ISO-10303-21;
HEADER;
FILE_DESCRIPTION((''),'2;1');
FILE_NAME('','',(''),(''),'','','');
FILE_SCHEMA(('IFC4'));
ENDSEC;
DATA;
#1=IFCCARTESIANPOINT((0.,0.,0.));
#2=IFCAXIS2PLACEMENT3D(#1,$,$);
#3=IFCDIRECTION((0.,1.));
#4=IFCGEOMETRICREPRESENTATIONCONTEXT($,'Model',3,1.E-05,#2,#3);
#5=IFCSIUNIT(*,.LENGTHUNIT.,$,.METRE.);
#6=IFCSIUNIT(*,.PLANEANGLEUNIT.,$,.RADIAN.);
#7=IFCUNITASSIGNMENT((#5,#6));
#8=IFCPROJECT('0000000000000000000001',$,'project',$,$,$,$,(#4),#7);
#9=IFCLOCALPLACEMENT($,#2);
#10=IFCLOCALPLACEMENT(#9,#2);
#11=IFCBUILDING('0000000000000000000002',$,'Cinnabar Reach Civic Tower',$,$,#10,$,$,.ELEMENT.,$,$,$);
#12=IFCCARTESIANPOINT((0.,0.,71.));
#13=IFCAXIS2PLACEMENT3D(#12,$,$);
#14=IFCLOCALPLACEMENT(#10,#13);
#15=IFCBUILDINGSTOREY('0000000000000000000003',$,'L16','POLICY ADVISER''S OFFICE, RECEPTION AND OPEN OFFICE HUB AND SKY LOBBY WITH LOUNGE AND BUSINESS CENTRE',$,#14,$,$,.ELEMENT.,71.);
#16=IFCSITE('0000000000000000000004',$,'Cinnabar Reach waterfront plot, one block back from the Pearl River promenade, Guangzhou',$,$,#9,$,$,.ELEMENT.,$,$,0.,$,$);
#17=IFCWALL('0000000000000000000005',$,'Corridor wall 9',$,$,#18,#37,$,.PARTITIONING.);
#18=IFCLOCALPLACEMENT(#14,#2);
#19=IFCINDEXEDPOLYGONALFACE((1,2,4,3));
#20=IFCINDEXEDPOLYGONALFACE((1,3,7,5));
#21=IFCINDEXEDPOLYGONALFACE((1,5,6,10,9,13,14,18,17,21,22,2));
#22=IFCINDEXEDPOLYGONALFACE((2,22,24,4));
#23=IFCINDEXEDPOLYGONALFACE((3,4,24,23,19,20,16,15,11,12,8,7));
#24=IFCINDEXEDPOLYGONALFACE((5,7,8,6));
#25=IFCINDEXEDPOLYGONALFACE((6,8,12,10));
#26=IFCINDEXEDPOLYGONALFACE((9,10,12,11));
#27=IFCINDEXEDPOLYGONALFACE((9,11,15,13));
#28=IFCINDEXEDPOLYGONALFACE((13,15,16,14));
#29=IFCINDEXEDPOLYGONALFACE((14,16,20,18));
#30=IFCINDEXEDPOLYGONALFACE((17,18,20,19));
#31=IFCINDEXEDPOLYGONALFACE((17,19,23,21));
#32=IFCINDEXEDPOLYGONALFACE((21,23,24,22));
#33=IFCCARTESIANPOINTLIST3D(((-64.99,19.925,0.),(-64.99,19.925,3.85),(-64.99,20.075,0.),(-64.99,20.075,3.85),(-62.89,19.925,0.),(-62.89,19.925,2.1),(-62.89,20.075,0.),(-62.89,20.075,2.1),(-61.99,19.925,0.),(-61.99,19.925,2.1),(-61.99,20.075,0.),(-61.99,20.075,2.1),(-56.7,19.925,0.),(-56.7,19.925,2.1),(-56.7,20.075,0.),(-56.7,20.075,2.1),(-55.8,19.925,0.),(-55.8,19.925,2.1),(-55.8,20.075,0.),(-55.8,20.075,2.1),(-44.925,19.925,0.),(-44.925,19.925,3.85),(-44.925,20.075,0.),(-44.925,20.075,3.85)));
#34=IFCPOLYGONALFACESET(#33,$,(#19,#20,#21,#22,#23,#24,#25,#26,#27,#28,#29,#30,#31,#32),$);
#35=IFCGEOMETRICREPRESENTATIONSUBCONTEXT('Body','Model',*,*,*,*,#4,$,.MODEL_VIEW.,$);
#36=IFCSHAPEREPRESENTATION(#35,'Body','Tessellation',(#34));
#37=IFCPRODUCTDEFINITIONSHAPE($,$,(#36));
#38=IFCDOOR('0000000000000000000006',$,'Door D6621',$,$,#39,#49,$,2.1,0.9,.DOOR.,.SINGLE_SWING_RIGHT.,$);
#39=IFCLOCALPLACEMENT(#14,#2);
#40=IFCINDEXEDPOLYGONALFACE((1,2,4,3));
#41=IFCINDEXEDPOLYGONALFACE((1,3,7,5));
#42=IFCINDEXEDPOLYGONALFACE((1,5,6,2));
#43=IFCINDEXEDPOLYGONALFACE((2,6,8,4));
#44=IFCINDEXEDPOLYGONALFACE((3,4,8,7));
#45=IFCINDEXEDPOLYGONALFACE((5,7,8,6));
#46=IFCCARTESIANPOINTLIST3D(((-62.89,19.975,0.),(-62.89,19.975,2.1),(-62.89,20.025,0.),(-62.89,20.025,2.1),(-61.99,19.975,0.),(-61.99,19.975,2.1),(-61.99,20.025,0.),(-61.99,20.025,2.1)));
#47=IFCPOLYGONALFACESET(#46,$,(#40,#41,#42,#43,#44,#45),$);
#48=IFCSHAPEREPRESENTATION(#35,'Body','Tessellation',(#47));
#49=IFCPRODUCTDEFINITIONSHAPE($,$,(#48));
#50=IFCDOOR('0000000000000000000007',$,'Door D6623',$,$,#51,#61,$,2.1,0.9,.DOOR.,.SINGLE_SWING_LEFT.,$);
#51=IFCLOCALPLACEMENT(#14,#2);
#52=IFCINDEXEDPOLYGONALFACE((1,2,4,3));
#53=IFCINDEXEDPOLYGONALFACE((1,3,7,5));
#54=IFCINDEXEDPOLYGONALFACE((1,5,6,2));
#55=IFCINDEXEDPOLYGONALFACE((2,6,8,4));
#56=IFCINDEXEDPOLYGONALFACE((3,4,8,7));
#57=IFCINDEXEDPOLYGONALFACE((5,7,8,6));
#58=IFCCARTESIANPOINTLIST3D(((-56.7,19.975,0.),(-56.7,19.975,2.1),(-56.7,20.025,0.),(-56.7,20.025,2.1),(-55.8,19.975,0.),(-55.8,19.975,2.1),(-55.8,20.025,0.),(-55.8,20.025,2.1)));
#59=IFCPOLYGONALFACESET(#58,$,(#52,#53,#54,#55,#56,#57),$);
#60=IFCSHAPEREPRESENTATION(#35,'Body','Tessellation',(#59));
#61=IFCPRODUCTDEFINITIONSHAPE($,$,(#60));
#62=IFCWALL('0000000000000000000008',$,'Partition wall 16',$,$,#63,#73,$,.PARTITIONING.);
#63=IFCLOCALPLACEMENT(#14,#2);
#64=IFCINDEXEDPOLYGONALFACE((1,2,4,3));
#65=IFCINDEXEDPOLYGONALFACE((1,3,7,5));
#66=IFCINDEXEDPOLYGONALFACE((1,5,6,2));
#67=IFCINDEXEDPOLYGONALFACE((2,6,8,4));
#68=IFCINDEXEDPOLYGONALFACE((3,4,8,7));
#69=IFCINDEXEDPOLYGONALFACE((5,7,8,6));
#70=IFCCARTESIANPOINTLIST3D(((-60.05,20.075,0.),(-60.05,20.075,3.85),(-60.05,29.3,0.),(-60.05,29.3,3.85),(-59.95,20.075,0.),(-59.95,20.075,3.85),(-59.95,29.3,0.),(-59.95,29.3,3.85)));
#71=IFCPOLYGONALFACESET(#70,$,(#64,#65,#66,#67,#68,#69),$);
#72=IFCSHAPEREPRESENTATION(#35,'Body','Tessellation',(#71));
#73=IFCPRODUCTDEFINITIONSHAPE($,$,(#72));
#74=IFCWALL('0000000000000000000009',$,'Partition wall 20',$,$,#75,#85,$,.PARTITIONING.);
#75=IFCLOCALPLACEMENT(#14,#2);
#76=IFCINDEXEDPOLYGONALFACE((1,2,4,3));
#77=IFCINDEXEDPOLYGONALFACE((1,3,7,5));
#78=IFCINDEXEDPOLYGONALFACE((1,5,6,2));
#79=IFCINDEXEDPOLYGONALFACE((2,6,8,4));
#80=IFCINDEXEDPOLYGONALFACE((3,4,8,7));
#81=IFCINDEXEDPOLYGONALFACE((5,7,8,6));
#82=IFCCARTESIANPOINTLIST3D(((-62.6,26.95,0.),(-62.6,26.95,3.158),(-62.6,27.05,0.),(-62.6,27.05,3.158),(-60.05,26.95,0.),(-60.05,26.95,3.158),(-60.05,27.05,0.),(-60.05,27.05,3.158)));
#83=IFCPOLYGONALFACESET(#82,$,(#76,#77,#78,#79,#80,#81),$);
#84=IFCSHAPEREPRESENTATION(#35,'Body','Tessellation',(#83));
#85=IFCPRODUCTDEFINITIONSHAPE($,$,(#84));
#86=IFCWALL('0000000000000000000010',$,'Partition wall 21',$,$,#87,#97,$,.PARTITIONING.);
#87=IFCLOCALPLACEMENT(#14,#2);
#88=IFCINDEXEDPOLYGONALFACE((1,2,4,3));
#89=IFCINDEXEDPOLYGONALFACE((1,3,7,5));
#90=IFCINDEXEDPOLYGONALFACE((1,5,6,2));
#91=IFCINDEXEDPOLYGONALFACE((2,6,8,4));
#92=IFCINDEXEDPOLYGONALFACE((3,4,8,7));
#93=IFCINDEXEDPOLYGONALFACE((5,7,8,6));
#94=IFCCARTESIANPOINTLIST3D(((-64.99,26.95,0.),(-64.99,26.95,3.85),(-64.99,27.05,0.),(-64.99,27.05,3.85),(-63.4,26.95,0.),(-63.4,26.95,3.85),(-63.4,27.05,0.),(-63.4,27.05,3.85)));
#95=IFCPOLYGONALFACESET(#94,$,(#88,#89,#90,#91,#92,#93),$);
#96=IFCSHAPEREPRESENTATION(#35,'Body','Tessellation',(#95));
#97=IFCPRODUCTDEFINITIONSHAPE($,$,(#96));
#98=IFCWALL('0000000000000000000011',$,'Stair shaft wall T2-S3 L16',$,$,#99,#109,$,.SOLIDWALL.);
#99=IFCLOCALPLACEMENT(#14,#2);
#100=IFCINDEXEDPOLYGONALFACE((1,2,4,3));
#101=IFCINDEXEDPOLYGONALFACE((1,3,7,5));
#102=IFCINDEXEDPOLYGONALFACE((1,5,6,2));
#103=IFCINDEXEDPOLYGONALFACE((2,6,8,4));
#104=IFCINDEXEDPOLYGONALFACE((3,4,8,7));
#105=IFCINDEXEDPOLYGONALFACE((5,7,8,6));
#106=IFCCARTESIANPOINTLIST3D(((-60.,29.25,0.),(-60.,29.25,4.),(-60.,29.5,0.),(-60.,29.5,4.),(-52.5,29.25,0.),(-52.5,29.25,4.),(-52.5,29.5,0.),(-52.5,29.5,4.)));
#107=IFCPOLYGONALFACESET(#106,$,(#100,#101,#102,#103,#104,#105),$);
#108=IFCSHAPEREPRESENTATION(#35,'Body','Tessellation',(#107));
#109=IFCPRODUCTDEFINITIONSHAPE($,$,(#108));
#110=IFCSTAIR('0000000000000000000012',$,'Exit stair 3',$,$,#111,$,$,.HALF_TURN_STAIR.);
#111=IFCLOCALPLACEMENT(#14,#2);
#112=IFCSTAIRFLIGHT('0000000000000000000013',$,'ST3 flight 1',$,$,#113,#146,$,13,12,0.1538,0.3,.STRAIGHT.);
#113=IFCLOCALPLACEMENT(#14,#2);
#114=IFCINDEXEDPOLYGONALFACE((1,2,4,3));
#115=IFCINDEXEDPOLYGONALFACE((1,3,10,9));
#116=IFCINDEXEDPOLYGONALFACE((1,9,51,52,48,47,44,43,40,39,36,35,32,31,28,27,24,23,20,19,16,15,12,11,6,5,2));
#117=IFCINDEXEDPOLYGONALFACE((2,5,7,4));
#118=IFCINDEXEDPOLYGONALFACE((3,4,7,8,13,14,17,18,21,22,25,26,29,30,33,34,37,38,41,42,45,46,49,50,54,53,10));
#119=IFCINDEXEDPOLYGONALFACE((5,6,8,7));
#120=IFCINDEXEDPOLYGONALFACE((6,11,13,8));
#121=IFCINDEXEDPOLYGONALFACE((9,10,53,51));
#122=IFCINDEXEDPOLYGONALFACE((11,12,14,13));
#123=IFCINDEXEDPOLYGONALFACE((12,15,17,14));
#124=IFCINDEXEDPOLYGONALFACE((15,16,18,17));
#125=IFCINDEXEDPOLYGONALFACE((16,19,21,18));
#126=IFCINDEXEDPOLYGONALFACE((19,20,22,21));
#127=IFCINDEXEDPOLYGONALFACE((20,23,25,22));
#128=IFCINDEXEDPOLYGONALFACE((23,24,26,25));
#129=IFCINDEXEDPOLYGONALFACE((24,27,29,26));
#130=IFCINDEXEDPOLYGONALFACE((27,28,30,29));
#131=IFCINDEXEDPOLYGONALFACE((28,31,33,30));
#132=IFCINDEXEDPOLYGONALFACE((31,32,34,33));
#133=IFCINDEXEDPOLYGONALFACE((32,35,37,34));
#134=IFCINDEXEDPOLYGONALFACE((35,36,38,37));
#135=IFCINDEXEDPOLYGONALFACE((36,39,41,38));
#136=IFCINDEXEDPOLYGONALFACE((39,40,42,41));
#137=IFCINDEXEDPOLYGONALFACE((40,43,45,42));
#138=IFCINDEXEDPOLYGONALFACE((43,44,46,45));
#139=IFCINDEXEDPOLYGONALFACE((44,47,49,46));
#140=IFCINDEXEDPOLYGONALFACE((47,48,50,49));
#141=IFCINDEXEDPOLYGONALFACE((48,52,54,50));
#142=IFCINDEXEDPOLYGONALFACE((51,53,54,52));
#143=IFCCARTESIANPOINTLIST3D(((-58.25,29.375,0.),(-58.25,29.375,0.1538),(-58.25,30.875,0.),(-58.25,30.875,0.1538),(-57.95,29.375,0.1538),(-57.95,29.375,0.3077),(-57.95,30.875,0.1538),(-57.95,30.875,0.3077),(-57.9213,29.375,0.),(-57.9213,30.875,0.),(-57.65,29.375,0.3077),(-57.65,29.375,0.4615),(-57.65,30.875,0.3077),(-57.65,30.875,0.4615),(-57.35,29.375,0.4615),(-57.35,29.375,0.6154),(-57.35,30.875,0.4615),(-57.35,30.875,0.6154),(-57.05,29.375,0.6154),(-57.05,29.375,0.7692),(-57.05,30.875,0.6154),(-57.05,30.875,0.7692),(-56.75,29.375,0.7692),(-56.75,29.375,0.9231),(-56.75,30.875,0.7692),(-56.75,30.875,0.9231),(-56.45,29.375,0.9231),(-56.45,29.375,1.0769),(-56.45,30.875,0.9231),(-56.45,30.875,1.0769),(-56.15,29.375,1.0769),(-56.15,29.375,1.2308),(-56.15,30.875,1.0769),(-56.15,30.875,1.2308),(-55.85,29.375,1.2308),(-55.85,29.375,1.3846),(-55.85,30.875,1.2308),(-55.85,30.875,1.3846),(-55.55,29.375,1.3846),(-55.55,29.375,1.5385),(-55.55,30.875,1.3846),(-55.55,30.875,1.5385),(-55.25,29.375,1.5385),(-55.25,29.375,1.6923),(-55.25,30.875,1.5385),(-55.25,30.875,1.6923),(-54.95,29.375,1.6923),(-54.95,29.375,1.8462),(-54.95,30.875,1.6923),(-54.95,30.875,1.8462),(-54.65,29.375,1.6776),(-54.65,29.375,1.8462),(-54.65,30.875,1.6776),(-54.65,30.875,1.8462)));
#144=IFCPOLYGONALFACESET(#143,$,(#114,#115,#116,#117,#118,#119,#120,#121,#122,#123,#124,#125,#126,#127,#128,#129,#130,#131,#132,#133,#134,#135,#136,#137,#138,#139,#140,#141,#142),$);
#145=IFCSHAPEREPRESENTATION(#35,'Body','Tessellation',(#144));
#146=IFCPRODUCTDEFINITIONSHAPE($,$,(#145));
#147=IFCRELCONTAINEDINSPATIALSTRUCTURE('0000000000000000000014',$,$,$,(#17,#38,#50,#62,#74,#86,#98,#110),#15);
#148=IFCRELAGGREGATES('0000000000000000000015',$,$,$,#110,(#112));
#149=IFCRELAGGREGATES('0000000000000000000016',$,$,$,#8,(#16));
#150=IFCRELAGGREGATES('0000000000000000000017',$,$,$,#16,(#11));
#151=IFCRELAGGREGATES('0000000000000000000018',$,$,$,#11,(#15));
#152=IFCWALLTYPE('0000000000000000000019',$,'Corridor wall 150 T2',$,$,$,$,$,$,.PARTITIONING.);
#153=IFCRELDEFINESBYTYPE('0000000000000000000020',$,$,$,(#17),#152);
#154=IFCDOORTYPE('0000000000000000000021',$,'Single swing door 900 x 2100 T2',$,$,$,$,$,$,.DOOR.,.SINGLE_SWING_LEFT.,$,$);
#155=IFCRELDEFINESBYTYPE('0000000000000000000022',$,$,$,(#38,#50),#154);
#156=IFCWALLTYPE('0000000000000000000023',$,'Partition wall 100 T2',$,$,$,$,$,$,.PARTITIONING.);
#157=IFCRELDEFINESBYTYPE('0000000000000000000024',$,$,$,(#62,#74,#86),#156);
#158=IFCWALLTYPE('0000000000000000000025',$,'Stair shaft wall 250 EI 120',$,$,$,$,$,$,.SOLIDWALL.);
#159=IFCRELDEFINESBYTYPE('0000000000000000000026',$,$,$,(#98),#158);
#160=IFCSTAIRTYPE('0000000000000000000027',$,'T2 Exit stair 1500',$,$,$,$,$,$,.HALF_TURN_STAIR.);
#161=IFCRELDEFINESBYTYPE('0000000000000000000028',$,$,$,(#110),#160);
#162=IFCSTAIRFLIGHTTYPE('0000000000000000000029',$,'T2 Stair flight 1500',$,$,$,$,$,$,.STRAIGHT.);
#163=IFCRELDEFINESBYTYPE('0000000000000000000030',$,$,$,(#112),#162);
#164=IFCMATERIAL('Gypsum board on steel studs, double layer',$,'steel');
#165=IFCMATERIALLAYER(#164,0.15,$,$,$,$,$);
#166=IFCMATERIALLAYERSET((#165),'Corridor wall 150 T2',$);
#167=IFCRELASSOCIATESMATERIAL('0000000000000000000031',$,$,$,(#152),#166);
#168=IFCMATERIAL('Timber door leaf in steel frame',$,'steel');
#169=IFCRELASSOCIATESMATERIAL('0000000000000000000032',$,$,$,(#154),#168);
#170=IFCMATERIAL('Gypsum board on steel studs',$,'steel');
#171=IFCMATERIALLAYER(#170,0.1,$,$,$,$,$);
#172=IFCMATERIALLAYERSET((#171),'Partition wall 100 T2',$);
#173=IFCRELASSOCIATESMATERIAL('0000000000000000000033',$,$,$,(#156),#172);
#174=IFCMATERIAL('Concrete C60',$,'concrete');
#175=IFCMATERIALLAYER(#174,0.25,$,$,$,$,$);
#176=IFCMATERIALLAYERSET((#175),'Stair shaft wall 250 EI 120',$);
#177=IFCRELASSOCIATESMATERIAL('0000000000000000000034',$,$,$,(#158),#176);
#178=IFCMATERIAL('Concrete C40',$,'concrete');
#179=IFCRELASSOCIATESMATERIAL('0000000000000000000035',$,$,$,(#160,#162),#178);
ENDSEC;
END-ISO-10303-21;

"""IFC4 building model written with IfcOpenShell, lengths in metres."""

from ifc_helpers import new_model, si_unit, direction, frame, frame_2d, origin, place, context, subcontext, project, spatial, polyline, rectangle, outline, extrude, material, layer, layer_set, type_object, element, fill, aggregate, save


model = new_model("IFC4")

# Units and contexts
model_context = context("Model", 3, precision=1e-05, world=origin(), true_north=direction((0.0, 1.0)))
body_context = subcontext(model_context, "Body", "Model", "MODEL_VIEW")
ifc_project = project(units=[si_unit("LENGTHUNIT", "METRE"), si_unit("PLANEANGLEUNIT", "RADIAN")], contexts=[model_context])

# Site, building, storey
site_placement = place(None, origin())
site = spatial("IfcSite", under=ifc_project, at=site_placement, Name="Cinnabar Reach waterfront plot, one block back from the Pearl River promenade, Guangzhou", CompositionType="ELEMENT", RefElevation=0.0)
building_placement = place(site_placement, origin())
building = spatial("IfcBuilding", under=site, at=building_placement, Name="Cinnabar Reach Civic Tower", CompositionType="ELEMENT")
storey_placement = place(building_placement, frame((0.0, 0.0, 71.0)))
storey = spatial("IfcBuildingStorey", under=building, at=storey_placement, Name="L16", Description="POLICY ADVISER'S OFFICE, RECEPTION AND OPEN OFFICE HUB AND SKY LOBBY WITH LOUNGE AND BUSINESS CENTRE", CompositionType="ELEMENT", Elevation=71.0)

# Shared definitions
ifc_material_1 = material(Name="Concrete C60", Category="concrete")

# Wall, openings, doors
ifc_material_2 = material(Name="Gypsum board on steel studs, double layer", Category="steel")
ifc_layer_1 = layer(ifc_material_2, 0.15)
ifc_layer_set_1 = layer_set([ifc_layer_1], Name="Corridor wall 150 T2")
wall_type_1 = type_object("IfcWallType", Name="Corridor wall 150 T2", PredefinedType="PARTITIONING", material=ifc_layer_set_1)
wall_1_placement = place(storey_placement, frame((-64.99, 20.0, 0.0), z_axis=(0.0, 0.0, 1.0), x_axis=(1.0, 0.0, 0.0)))
wall_1 = element("IfcWall", 1, at=wall_1_placement, inside=storey, type_object=wall_type_1, Name="Corridor wall 9", PredefinedType="PARTITIONING", context=body_context, shape_type="SweptSolid", body=[
    extrude(rectangle(XDim=20.065, YDim=0.15, at=frame_2d((10.0325, 0.0))), origin(), (0.0, 0.0, 1.0), 3.85),
])
opening_1_placement = place(wall_1_placement, frame((2.1, 0.0, 0.0)))
opening_1 = element("IfcOpeningElement", 2, at=opening_1_placement, cuts=wall_1, PredefinedType="OPENING", context=body_context, shape_type="SweptSolid", body=[
    extrude(rectangle(XDim=0.9, YDim=2.1, at=frame_2d((0.45, 1.05))), frame((0.0, 0.085, 0.0), z_axis=(0.0, -1.0, 0.0), x_axis=(1.0, 0.0, 0.0)), (0.0, 0.0, 1.0), 0.17),
])
opening_2_placement = place(wall_1_placement, frame((8.29, 0.0, 0.0)))
opening_2 = element("IfcOpeningElement", 3, at=opening_2_placement, cuts=wall_1, PredefinedType="OPENING", context=body_context, shape_type="SweptSolid", body=[
    extrude(rectangle(XDim=0.9, YDim=2.1, at=frame_2d((0.45, 1.05))), frame((0.0, 0.085, 0.0), z_axis=(0.0, -1.0, 0.0), x_axis=(1.0, 0.0, 0.0)), (0.0, 0.0, 1.0), 0.17),
])
ifc_material_3 = material(Name="Timber door leaf in steel frame", Category="steel")
door_type = type_object("IfcDoorType", Name="Single swing door 900 x 2100 T2", OperationType="SINGLE_SWING_LEFT", PredefinedType="DOOR", material=ifc_material_3)
door_1_placement = place(opening_1_placement, origin())
door_1 = element("IfcDoor", 4, at=door_1_placement, inside=storey, type_object=door_type, Name="Door D6621", OperationType="SINGLE_SWING_RIGHT", OverallHeight=2.1, OverallWidth=0.9, PredefinedType="DOOR", context=body_context, shape_type="SweptSolid", body=[
    extrude(rectangle(XDim=0.9, YDim=2.1, at=frame_2d((0.45, 1.05))), frame((0.0, 0.025, 0.0), z_axis=(0.0, -1.0, 0.0), x_axis=(1.0, 0.0, 0.0)), (0.0, 0.0, 1.0), 0.05),
])
fill(opening_1, door_1)
door_2_placement = place(opening_2_placement, origin())
door_2 = element("IfcDoor", 5, at=door_2_placement, inside=storey, type_object=door_type, Name="Door D6623", OperationType="SINGLE_SWING_LEFT", OverallHeight=2.1, OverallWidth=0.9, PredefinedType="DOOR", context=body_context, shape_type="SweptSolid", body=[
    extrude(rectangle(XDim=0.9, YDim=2.1, at=frame_2d((0.45, 1.05))), frame((0.0, 0.025, 0.0), z_axis=(0.0, -1.0, 0.0), x_axis=(1.0, 0.0, 0.0)), (0.0, 0.0, 1.0), 0.05),
])
fill(opening_2, door_2)

# Walls
ifc_material_4 = material(Name="Gypsum board on steel studs", Category="steel")
ifc_layer_2 = layer(ifc_material_4, 0.1)
ifc_layer_set_2 = layer_set([ifc_layer_2], Name="Partition wall 100 T2")
wall_type_2 = type_object("IfcWallType", Name="Partition wall 100 T2", PredefinedType="PARTITIONING", material=ifc_layer_set_2)
wall_2_placement = place(storey_placement, frame((-60.0, 20.075, 0.0), z_axis=(0.0, 0.0, 1.0), x_axis=(0.0, 1.0, 0.0)))
element("IfcWall", 6, at=wall_2_placement, inside=storey, type_object=wall_type_2, Name="Partition wall 16", PredefinedType="PARTITIONING", context=body_context, shape_type="SweptSolid", body=[
    extrude(rectangle(XDim=9.225, YDim=0.1, at=frame_2d((4.6125, 0.0))), origin(), (0.0, 0.0, 1.0), 3.85),
])
wall_3_placement = place(storey_placement, frame((-62.6, 27.0, 0.0), z_axis=(0.0, 0.0, 1.0), x_axis=(1.0, 0.0, 0.0)))
element("IfcWall", 7, at=wall_3_placement, inside=storey, type_object=wall_type_2, Name="Partition wall 20", PredefinedType="PARTITIONING", context=body_context, shape_type="SweptSolid", body=[
    extrude(rectangle(XDim=2.55, YDim=0.1, at=frame_2d((1.275, 0.0))), origin(), (0.0, 0.0, 1.0), 3.158),
])
wall_4_placement = place(storey_placement, frame((-64.99, 27.0, 0.0), z_axis=(0.0, 0.0, 1.0), x_axis=(1.0, 0.0, 0.0)))
element("IfcWall", 8, at=wall_4_placement, inside=storey, type_object=wall_type_2, Name="Partition wall 21", PredefinedType="PARTITIONING", context=body_context, shape_type="SweptSolid", body=[
    extrude(rectangle(XDim=1.59, YDim=0.1, at=frame_2d((0.795, 0.0))), origin(), (0.0, 0.0, 1.0), 3.85),
])
ifc_layer_3 = layer(ifc_material_1, 0.25)
ifc_layer_set_3 = layer_set([ifc_layer_3], Name="Stair shaft wall 250 EI 120")
wall_type_3 = type_object("IfcWallType", Name="Stair shaft wall 250 EI 120", PredefinedType="SOLIDWALL", material=ifc_layer_set_3)
wall_5_placement = place(storey_placement, frame((-60.0, 29.375, 0.0), z_axis=(0.0, 0.0, 1.0), x_axis=(1.0, 0.0, 0.0)))
element("IfcWall", 9, at=wall_5_placement, inside=storey, type_object=wall_type_3, Name="Stair shaft wall T2-S3 L16", PredefinedType="SOLIDWALL", context=body_context, shape_type="SweptSolid", body=[
    extrude(rectangle(XDim=7.5, YDim=0.25, at=frame_2d((3.75, 0.0))), origin(), (0.0, 0.0, 1.0), 4.0),
])

# Stair, stair flight
ifc_material_5 = material(Name="Concrete C40", Category="concrete")
stair_type = type_object("IfcStairType", Name="T2 Exit stair 1500", PredefinedType="HALF_TURN_STAIR", material=ifc_material_5)
stair_placement = place(storey_placement, origin())
stair = element("IfcStair", 10, at=stair_placement, inside=storey, type_object=stair_type, Name="Exit stair 3", PredefinedType="HALF_TURN_STAIR")
stair_flight_type = type_object("IfcStairFlightType", Name="T2 Stair flight 1500", PredefinedType="STRAIGHT", material=ifc_material_5)
stair_flight_placement = place(storey_placement, frame((-58.25, 30.125, 0.0), z_axis=(0.0, 0.0, 1.0), x_axis=(1.0, 0.0, 0.0)))
stair_flight = element("IfcStairFlight", 11, at=stair_flight_placement, type_object=stair_flight_type, Name="ST3 flight 1", NumberOfRisers=13, NumberOfTreads=12, PredefinedType="STRAIGHT", RiserHeight=0.1538, TreadLength=0.3, context=body_context, shape_type="SweptSolid", body=[
    extrude(outline(polyline([(0.0, 0.0), (0.0, 0.1538), (0.3, 0.1538), (0.3, 0.3077), (0.6, 0.3077), (0.6, 0.4615), (0.9, 0.4615), (0.9, 0.6154), (1.2, 0.6154), (1.2, 0.7692), (1.5, 0.7692), (1.5, 0.9231), (1.8, 0.9231), (1.8, 1.0769), (2.1, 1.0769), (2.1, 1.2308), (2.4, 1.2308), (2.4, 1.3846), (2.7, 1.3846), (2.7, 1.5385), (3.0, 1.5385), (3.0, 1.6923), (3.3, 1.6923), (3.3, 1.8462), (3.6, 1.8462), (3.6, 2.0), (3.6, 1.6776), (0.3287, 0.0), (0.0, 0.0)])), frame((0.0, 0.75, 0.0), z_axis=(0.0, -1.0, 0.0), x_axis=(1.0, 0.0, 0.0)), (0.0, 0.0, 1.0), 1.5),
])
aggregate(stair, [stair_flight])

save(model, "model.ifc")
